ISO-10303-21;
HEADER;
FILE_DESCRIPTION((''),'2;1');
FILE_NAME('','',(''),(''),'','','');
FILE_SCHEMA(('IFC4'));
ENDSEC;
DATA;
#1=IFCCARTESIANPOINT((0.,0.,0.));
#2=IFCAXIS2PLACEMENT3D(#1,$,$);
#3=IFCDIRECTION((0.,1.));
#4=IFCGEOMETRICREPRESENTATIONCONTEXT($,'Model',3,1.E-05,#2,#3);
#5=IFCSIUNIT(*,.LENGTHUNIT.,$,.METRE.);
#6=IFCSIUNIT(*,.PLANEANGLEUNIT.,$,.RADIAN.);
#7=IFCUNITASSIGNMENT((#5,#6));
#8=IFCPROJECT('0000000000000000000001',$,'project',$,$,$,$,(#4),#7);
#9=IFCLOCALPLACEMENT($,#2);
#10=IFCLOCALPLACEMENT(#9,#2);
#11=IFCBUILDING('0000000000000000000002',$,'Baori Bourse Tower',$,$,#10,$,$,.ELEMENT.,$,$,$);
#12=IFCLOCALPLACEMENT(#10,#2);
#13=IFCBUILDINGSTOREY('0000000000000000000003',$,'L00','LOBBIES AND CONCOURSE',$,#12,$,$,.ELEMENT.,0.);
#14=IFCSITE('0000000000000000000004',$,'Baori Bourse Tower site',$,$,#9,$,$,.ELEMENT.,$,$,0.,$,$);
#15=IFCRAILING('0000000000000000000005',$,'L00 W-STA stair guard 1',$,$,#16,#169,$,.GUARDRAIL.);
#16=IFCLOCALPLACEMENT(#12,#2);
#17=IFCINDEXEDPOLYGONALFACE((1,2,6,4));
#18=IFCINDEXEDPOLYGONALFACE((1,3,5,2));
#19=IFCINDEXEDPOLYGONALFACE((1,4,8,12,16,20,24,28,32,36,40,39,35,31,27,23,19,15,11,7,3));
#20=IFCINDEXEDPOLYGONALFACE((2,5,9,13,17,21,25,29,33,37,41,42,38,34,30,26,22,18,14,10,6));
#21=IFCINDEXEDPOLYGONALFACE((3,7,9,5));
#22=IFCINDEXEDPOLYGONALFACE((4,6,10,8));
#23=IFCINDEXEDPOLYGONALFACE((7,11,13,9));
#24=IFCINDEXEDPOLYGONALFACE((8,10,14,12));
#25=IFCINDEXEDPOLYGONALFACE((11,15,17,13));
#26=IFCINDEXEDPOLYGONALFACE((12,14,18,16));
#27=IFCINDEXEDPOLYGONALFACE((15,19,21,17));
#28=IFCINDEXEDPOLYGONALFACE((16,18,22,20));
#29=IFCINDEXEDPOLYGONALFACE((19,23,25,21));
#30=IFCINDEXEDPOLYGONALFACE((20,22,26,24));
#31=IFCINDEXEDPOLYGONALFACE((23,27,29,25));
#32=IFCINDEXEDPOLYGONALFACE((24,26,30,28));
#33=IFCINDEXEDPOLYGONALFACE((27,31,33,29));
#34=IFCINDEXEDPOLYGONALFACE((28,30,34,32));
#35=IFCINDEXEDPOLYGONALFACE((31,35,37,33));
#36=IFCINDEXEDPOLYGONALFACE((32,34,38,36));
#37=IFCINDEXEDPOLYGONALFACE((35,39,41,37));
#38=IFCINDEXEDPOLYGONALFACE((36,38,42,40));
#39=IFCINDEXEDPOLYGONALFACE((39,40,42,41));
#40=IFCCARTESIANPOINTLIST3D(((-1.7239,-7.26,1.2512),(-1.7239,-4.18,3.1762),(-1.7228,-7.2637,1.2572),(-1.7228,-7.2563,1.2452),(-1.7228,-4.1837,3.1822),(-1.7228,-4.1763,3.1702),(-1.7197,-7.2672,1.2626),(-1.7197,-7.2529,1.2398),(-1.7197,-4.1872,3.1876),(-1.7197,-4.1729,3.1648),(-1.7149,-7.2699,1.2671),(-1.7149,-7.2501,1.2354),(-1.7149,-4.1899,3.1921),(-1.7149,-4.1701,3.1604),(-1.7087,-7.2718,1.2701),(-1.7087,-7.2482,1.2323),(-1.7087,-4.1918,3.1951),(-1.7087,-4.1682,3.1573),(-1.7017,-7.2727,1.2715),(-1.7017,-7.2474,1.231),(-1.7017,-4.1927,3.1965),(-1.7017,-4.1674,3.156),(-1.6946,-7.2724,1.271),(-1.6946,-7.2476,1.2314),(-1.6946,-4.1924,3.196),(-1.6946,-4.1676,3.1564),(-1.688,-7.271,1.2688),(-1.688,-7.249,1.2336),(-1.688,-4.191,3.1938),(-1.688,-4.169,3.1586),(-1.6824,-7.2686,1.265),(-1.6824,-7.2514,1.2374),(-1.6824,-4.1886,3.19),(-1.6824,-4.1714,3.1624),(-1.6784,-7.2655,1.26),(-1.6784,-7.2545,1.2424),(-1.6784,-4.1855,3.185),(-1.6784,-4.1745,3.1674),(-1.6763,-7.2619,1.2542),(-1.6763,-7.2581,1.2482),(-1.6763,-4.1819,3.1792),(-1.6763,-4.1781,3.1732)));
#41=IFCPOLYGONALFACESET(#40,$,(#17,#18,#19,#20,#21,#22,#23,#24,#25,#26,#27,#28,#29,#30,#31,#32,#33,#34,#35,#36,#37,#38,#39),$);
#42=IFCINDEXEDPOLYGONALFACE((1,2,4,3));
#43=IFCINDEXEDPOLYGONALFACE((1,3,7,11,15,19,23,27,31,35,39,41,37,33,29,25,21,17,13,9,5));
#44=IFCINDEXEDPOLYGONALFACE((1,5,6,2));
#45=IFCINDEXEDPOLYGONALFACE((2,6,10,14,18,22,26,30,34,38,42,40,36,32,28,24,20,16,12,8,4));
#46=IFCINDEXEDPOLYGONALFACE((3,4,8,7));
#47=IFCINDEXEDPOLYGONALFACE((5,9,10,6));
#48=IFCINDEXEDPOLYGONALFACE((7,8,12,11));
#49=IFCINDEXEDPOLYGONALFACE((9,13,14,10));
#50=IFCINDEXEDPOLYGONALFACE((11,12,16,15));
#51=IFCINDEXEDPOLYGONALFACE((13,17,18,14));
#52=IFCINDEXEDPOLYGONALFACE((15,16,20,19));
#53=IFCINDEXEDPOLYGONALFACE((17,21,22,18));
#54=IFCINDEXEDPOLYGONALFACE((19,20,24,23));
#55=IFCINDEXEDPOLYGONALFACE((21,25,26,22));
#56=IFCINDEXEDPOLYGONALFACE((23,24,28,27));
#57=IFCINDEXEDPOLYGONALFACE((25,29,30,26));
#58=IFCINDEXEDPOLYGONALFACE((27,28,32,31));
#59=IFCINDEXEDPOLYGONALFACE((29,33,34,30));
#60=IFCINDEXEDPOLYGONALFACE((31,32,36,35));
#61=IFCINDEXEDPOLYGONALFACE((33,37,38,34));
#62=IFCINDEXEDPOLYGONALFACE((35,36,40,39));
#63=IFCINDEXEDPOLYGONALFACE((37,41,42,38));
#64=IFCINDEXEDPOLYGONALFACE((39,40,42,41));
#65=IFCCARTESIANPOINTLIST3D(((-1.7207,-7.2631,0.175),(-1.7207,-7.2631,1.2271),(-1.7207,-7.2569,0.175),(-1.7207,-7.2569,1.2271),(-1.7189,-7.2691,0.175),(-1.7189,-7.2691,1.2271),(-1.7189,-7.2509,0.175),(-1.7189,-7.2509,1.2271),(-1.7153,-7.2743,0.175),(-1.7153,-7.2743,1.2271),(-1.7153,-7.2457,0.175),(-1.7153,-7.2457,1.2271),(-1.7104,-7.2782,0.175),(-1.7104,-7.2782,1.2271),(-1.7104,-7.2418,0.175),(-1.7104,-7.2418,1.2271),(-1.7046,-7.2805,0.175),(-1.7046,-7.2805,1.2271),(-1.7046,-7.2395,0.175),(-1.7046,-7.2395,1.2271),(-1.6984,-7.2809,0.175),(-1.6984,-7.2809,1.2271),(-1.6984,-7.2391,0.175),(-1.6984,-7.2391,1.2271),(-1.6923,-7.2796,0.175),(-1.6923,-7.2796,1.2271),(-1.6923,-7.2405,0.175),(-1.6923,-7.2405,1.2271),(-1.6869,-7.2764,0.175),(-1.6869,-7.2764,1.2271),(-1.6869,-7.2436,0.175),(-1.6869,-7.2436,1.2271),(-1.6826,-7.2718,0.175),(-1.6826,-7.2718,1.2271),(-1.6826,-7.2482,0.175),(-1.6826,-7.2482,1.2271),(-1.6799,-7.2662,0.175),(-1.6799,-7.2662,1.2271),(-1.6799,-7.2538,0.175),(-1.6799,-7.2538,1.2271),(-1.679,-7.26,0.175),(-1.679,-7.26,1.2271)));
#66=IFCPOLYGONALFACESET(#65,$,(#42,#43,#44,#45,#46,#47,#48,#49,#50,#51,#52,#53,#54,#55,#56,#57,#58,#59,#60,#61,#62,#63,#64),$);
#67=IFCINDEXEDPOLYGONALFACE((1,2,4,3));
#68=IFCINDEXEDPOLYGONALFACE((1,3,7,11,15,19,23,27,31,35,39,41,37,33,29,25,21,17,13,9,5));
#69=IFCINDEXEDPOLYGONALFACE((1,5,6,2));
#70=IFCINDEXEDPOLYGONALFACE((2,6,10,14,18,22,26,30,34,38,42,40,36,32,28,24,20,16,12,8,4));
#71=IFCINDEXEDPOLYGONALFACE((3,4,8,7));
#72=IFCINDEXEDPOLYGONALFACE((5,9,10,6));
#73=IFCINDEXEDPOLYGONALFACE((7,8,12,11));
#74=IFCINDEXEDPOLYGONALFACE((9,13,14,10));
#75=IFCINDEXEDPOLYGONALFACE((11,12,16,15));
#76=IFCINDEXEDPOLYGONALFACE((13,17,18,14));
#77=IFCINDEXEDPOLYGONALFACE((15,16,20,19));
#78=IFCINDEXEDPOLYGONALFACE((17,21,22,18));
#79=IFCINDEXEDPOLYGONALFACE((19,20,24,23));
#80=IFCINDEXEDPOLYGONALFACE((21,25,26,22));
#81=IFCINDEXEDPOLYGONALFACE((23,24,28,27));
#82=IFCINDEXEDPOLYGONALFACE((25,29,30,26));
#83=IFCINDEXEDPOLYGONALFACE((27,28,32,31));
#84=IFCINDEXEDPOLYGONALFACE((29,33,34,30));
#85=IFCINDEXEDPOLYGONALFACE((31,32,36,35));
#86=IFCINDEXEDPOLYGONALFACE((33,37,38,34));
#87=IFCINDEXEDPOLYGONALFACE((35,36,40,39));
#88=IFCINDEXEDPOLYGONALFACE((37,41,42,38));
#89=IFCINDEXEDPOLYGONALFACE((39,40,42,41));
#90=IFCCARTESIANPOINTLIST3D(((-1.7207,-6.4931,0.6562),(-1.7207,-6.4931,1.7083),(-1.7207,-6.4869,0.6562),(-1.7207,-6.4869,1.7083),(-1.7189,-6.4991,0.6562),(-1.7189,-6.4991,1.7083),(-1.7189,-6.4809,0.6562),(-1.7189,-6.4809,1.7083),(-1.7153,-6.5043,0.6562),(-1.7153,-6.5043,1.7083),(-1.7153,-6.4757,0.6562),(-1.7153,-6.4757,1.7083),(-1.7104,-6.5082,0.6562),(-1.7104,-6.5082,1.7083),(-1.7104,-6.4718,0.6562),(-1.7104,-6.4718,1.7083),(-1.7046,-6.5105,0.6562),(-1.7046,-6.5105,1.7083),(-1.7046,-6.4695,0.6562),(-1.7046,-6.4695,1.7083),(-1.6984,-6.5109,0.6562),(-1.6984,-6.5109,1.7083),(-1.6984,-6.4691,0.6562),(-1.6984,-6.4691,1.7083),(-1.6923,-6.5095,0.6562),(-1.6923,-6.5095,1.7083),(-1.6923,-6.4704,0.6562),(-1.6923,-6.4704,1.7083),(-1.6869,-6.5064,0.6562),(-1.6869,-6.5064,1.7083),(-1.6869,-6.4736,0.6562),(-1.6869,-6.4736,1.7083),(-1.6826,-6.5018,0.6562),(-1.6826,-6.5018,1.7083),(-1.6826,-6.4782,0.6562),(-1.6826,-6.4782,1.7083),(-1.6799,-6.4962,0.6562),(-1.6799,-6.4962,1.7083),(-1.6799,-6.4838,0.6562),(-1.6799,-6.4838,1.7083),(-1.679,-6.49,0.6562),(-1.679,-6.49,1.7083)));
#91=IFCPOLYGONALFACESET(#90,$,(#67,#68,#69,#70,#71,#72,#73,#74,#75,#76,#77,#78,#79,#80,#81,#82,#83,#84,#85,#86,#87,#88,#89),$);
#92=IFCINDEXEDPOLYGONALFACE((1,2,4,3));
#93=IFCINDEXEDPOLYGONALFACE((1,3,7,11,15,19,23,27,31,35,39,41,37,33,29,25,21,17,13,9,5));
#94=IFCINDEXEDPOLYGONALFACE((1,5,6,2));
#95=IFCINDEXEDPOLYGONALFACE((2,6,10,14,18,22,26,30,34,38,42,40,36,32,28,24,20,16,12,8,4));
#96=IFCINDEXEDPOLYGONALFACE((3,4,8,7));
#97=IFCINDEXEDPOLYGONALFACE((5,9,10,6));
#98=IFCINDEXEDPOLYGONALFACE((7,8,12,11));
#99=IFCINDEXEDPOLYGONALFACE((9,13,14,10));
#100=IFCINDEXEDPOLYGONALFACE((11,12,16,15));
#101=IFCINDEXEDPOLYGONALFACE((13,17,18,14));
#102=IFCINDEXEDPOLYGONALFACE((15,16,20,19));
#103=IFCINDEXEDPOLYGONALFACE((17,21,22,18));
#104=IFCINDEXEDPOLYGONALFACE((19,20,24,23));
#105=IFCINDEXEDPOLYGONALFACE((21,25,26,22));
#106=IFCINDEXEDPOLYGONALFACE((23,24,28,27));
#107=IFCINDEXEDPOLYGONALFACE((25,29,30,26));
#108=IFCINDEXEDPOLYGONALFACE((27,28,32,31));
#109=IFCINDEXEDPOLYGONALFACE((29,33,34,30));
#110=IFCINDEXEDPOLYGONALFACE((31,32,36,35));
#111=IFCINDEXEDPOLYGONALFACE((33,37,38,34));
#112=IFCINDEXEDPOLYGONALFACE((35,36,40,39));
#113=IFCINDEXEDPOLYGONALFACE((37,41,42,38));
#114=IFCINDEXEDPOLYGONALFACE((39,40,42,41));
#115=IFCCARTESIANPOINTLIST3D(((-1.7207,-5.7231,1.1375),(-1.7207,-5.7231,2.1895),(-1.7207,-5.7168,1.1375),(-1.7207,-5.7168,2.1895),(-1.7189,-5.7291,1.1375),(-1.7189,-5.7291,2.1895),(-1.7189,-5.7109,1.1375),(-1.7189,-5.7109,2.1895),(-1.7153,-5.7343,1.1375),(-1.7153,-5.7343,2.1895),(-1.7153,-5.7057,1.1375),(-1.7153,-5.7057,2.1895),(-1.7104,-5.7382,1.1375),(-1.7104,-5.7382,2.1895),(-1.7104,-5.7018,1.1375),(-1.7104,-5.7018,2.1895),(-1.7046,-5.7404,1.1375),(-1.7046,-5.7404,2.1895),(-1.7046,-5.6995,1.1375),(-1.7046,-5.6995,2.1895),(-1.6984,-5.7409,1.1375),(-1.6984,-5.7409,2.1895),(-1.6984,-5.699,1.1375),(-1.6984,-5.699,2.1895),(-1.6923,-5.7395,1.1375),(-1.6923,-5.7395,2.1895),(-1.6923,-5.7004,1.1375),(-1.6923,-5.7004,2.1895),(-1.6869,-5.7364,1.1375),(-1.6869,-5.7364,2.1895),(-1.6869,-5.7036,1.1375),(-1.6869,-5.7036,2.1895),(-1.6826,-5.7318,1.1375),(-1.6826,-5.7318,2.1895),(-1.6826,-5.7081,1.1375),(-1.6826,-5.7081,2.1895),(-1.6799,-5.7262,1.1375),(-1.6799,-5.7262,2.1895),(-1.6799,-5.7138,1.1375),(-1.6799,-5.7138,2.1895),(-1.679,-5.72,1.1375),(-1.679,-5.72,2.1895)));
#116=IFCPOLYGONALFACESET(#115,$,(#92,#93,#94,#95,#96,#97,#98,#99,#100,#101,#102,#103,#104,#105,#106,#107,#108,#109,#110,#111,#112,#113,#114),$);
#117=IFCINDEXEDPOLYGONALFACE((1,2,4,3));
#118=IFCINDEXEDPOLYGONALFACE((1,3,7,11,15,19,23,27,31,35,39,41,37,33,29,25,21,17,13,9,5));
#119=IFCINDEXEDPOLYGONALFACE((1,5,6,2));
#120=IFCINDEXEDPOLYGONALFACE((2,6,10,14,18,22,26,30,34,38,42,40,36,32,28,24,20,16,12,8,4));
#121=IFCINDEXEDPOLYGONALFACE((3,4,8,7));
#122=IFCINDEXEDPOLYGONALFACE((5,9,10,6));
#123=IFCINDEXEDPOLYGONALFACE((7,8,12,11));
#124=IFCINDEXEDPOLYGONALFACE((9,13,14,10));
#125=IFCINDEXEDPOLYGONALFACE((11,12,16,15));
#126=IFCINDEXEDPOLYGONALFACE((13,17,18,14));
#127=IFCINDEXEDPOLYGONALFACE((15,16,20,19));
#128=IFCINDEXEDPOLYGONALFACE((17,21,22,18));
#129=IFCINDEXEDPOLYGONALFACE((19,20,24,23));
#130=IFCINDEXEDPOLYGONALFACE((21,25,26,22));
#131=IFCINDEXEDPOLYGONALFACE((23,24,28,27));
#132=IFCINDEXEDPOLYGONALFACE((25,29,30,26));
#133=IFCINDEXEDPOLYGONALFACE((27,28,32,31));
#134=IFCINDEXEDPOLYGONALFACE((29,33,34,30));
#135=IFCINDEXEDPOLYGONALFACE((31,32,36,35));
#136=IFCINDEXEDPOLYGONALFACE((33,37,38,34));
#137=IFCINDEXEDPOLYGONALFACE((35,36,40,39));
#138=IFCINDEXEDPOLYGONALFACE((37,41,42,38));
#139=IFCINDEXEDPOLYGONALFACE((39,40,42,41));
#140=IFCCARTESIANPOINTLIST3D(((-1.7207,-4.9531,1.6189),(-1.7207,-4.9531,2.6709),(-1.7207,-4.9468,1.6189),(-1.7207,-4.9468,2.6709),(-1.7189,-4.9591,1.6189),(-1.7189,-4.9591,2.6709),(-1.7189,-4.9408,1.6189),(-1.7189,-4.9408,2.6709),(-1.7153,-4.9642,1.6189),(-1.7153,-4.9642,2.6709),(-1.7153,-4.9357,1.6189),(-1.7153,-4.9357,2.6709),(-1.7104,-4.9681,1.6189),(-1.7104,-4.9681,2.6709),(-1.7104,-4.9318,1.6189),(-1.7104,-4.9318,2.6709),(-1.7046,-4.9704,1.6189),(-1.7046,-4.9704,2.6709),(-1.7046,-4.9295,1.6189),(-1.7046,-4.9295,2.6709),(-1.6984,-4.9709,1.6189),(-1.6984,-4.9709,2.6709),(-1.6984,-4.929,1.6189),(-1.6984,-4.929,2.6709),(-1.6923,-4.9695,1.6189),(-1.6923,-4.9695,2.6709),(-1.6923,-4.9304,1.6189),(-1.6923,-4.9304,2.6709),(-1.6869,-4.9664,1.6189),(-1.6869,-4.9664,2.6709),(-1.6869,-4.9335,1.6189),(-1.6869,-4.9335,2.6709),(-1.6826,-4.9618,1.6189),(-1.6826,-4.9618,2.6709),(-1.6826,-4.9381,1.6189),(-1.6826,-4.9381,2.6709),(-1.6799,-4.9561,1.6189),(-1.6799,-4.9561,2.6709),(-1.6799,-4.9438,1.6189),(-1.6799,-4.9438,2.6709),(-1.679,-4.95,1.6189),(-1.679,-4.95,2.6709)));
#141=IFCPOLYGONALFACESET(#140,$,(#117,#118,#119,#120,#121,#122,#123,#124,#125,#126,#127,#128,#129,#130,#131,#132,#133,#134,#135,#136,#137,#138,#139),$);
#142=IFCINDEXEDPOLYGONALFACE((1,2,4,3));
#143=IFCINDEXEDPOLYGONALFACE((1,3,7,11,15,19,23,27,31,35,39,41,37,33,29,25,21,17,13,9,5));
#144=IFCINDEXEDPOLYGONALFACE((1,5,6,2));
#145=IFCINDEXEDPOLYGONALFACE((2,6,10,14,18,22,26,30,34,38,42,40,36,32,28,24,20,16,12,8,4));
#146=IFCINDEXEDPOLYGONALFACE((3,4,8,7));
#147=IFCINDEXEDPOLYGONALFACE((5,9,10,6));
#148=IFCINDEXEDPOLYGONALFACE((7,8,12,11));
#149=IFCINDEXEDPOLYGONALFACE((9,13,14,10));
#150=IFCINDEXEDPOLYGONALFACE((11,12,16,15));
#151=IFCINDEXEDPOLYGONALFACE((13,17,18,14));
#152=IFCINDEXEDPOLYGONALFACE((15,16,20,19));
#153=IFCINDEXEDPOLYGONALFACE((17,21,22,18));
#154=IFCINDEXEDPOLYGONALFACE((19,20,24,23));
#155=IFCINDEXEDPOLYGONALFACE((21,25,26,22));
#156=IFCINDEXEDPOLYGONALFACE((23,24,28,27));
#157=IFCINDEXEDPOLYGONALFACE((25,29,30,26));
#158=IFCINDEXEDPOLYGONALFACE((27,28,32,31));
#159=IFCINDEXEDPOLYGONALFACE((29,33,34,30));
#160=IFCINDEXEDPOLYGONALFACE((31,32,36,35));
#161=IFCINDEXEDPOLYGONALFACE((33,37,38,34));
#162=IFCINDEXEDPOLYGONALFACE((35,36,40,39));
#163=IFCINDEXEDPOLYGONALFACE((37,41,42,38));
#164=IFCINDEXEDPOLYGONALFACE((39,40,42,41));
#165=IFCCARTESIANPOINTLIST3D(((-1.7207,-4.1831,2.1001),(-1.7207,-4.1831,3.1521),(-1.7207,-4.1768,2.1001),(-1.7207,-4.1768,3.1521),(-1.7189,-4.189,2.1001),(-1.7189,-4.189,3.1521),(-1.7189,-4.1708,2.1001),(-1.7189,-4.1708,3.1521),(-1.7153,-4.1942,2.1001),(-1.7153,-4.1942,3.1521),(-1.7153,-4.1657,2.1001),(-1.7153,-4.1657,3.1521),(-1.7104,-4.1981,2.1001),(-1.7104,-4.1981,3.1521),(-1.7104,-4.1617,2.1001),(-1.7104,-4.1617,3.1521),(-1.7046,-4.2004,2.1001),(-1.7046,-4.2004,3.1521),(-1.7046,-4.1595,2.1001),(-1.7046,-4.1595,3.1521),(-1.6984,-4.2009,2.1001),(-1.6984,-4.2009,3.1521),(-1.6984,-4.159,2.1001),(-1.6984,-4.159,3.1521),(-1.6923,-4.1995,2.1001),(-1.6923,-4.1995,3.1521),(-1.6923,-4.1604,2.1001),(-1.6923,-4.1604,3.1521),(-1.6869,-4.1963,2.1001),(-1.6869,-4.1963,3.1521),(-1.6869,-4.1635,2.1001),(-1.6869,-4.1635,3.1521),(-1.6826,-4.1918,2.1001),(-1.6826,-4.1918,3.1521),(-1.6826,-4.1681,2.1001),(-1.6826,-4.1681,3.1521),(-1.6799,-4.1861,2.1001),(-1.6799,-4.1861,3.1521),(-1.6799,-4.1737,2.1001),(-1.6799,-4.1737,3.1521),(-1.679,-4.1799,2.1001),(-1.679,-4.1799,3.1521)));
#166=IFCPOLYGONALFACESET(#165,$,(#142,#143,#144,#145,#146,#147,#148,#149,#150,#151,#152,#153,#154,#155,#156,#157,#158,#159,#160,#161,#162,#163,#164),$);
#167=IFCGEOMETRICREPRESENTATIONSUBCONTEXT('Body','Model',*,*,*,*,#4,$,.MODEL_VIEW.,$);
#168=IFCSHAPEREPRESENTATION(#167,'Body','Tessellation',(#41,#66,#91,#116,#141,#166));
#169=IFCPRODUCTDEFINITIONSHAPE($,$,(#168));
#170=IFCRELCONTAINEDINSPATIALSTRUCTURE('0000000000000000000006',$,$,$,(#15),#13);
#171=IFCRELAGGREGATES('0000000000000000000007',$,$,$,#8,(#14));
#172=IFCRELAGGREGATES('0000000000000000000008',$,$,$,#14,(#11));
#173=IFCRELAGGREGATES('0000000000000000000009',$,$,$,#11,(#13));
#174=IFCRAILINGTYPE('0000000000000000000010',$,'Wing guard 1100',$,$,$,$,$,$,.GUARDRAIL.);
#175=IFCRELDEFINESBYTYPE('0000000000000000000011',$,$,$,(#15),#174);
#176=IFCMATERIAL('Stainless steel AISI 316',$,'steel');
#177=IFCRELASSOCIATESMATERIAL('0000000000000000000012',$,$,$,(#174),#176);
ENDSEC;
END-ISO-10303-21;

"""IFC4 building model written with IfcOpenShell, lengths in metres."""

from ifc_helpers import new_model, si_unit, direction, frame, origin, origin_2d, place, context, subcontext, project, spatial, circle, extrude, material, type_object, element, save


model = new_model("IFC4")

# Units and contexts
model_context = context("Model", 3, precision=1e-05, world=origin(), true_north=direction((0.0, 1.0)))
body_context = subcontext(model_context, "Body", "Model", "MODEL_VIEW")
ifc_project = project(units=[si_unit("LENGTHUNIT", "METRE"), si_unit("PLANEANGLEUNIT", "RADIAN")], contexts=[model_context])

# Site, building, storey
site_placement = place(None, origin())
site = spatial("IfcSite", under=ifc_project, at=site_placement, Name="Baori Bourse Tower site", CompositionType="ELEMENT", RefElevation=0.0)
building_placement = place(site_placement, origin())
building = spatial("IfcBuilding", under=site, at=building_placement, Name="Baori Bourse Tower", CompositionType="ELEMENT")
storey_placement = place(building_placement, origin())
storey = spatial("IfcBuildingStorey", under=building, at=storey_placement, Name="L00", Description="LOBBIES AND CONCOURSE", CompositionType="ELEMENT", Elevation=0.0)

# Railing
ifc_material_1 = material(Name="Stainless steel AISI 316", Category="steel")
railing_type_1 = type_object("IfcRailingType", Name="Wing guard 1100", PredefinedType="GUARDRAIL", material=ifc_material_1)
railing_1_placement = place(storey_placement, frame((-1.7, -7.26, 0.175)))
element("IfcRailing", 1, at=railing_1_placement, inside=storey, type_object=railing_type_1, Name="L00 W-STA stair guard 1", PredefinedType="GUARDRAIL", context=body_context, shape_type="SweptSolid", body=[
    extrude(circle(Radius=0.0239, at=origin_2d()), frame((0.0, 0.0, 1.0762), z_axis=(0.0, 0.847998, 0.529999), x_axis=(-1.0, 0.0, 0.0)), (0.0, 0.0, 1.0), 3.6321),
    extrude(circle(Radius=0.021, at=origin_2d()), origin(), (0.0, 0.0, 1.0), 1.052),
    extrude(circle(Radius=0.021, at=origin_2d()), frame((0.0, 0.77, 0.4812)), (0.0, 0.0, 1.0), 1.052),
    extrude(circle(Radius=0.021, at=origin_2d()), frame((0.0, 1.54, 0.9624)), (0.0, 0.0, 1.0), 1.052),
    extrude(circle(Radius=0.021, at=origin_2d()), frame((0.0, 2.3101, 1.4438)), (0.0, 0.0, 1.0), 1.052),
    extrude(circle(Radius=0.021, at=origin_2d()), frame((0.0, 3.0801, 1.925)), (0.0, 0.0, 1.0), 1.052),
])

save(model, "model.ifc")
